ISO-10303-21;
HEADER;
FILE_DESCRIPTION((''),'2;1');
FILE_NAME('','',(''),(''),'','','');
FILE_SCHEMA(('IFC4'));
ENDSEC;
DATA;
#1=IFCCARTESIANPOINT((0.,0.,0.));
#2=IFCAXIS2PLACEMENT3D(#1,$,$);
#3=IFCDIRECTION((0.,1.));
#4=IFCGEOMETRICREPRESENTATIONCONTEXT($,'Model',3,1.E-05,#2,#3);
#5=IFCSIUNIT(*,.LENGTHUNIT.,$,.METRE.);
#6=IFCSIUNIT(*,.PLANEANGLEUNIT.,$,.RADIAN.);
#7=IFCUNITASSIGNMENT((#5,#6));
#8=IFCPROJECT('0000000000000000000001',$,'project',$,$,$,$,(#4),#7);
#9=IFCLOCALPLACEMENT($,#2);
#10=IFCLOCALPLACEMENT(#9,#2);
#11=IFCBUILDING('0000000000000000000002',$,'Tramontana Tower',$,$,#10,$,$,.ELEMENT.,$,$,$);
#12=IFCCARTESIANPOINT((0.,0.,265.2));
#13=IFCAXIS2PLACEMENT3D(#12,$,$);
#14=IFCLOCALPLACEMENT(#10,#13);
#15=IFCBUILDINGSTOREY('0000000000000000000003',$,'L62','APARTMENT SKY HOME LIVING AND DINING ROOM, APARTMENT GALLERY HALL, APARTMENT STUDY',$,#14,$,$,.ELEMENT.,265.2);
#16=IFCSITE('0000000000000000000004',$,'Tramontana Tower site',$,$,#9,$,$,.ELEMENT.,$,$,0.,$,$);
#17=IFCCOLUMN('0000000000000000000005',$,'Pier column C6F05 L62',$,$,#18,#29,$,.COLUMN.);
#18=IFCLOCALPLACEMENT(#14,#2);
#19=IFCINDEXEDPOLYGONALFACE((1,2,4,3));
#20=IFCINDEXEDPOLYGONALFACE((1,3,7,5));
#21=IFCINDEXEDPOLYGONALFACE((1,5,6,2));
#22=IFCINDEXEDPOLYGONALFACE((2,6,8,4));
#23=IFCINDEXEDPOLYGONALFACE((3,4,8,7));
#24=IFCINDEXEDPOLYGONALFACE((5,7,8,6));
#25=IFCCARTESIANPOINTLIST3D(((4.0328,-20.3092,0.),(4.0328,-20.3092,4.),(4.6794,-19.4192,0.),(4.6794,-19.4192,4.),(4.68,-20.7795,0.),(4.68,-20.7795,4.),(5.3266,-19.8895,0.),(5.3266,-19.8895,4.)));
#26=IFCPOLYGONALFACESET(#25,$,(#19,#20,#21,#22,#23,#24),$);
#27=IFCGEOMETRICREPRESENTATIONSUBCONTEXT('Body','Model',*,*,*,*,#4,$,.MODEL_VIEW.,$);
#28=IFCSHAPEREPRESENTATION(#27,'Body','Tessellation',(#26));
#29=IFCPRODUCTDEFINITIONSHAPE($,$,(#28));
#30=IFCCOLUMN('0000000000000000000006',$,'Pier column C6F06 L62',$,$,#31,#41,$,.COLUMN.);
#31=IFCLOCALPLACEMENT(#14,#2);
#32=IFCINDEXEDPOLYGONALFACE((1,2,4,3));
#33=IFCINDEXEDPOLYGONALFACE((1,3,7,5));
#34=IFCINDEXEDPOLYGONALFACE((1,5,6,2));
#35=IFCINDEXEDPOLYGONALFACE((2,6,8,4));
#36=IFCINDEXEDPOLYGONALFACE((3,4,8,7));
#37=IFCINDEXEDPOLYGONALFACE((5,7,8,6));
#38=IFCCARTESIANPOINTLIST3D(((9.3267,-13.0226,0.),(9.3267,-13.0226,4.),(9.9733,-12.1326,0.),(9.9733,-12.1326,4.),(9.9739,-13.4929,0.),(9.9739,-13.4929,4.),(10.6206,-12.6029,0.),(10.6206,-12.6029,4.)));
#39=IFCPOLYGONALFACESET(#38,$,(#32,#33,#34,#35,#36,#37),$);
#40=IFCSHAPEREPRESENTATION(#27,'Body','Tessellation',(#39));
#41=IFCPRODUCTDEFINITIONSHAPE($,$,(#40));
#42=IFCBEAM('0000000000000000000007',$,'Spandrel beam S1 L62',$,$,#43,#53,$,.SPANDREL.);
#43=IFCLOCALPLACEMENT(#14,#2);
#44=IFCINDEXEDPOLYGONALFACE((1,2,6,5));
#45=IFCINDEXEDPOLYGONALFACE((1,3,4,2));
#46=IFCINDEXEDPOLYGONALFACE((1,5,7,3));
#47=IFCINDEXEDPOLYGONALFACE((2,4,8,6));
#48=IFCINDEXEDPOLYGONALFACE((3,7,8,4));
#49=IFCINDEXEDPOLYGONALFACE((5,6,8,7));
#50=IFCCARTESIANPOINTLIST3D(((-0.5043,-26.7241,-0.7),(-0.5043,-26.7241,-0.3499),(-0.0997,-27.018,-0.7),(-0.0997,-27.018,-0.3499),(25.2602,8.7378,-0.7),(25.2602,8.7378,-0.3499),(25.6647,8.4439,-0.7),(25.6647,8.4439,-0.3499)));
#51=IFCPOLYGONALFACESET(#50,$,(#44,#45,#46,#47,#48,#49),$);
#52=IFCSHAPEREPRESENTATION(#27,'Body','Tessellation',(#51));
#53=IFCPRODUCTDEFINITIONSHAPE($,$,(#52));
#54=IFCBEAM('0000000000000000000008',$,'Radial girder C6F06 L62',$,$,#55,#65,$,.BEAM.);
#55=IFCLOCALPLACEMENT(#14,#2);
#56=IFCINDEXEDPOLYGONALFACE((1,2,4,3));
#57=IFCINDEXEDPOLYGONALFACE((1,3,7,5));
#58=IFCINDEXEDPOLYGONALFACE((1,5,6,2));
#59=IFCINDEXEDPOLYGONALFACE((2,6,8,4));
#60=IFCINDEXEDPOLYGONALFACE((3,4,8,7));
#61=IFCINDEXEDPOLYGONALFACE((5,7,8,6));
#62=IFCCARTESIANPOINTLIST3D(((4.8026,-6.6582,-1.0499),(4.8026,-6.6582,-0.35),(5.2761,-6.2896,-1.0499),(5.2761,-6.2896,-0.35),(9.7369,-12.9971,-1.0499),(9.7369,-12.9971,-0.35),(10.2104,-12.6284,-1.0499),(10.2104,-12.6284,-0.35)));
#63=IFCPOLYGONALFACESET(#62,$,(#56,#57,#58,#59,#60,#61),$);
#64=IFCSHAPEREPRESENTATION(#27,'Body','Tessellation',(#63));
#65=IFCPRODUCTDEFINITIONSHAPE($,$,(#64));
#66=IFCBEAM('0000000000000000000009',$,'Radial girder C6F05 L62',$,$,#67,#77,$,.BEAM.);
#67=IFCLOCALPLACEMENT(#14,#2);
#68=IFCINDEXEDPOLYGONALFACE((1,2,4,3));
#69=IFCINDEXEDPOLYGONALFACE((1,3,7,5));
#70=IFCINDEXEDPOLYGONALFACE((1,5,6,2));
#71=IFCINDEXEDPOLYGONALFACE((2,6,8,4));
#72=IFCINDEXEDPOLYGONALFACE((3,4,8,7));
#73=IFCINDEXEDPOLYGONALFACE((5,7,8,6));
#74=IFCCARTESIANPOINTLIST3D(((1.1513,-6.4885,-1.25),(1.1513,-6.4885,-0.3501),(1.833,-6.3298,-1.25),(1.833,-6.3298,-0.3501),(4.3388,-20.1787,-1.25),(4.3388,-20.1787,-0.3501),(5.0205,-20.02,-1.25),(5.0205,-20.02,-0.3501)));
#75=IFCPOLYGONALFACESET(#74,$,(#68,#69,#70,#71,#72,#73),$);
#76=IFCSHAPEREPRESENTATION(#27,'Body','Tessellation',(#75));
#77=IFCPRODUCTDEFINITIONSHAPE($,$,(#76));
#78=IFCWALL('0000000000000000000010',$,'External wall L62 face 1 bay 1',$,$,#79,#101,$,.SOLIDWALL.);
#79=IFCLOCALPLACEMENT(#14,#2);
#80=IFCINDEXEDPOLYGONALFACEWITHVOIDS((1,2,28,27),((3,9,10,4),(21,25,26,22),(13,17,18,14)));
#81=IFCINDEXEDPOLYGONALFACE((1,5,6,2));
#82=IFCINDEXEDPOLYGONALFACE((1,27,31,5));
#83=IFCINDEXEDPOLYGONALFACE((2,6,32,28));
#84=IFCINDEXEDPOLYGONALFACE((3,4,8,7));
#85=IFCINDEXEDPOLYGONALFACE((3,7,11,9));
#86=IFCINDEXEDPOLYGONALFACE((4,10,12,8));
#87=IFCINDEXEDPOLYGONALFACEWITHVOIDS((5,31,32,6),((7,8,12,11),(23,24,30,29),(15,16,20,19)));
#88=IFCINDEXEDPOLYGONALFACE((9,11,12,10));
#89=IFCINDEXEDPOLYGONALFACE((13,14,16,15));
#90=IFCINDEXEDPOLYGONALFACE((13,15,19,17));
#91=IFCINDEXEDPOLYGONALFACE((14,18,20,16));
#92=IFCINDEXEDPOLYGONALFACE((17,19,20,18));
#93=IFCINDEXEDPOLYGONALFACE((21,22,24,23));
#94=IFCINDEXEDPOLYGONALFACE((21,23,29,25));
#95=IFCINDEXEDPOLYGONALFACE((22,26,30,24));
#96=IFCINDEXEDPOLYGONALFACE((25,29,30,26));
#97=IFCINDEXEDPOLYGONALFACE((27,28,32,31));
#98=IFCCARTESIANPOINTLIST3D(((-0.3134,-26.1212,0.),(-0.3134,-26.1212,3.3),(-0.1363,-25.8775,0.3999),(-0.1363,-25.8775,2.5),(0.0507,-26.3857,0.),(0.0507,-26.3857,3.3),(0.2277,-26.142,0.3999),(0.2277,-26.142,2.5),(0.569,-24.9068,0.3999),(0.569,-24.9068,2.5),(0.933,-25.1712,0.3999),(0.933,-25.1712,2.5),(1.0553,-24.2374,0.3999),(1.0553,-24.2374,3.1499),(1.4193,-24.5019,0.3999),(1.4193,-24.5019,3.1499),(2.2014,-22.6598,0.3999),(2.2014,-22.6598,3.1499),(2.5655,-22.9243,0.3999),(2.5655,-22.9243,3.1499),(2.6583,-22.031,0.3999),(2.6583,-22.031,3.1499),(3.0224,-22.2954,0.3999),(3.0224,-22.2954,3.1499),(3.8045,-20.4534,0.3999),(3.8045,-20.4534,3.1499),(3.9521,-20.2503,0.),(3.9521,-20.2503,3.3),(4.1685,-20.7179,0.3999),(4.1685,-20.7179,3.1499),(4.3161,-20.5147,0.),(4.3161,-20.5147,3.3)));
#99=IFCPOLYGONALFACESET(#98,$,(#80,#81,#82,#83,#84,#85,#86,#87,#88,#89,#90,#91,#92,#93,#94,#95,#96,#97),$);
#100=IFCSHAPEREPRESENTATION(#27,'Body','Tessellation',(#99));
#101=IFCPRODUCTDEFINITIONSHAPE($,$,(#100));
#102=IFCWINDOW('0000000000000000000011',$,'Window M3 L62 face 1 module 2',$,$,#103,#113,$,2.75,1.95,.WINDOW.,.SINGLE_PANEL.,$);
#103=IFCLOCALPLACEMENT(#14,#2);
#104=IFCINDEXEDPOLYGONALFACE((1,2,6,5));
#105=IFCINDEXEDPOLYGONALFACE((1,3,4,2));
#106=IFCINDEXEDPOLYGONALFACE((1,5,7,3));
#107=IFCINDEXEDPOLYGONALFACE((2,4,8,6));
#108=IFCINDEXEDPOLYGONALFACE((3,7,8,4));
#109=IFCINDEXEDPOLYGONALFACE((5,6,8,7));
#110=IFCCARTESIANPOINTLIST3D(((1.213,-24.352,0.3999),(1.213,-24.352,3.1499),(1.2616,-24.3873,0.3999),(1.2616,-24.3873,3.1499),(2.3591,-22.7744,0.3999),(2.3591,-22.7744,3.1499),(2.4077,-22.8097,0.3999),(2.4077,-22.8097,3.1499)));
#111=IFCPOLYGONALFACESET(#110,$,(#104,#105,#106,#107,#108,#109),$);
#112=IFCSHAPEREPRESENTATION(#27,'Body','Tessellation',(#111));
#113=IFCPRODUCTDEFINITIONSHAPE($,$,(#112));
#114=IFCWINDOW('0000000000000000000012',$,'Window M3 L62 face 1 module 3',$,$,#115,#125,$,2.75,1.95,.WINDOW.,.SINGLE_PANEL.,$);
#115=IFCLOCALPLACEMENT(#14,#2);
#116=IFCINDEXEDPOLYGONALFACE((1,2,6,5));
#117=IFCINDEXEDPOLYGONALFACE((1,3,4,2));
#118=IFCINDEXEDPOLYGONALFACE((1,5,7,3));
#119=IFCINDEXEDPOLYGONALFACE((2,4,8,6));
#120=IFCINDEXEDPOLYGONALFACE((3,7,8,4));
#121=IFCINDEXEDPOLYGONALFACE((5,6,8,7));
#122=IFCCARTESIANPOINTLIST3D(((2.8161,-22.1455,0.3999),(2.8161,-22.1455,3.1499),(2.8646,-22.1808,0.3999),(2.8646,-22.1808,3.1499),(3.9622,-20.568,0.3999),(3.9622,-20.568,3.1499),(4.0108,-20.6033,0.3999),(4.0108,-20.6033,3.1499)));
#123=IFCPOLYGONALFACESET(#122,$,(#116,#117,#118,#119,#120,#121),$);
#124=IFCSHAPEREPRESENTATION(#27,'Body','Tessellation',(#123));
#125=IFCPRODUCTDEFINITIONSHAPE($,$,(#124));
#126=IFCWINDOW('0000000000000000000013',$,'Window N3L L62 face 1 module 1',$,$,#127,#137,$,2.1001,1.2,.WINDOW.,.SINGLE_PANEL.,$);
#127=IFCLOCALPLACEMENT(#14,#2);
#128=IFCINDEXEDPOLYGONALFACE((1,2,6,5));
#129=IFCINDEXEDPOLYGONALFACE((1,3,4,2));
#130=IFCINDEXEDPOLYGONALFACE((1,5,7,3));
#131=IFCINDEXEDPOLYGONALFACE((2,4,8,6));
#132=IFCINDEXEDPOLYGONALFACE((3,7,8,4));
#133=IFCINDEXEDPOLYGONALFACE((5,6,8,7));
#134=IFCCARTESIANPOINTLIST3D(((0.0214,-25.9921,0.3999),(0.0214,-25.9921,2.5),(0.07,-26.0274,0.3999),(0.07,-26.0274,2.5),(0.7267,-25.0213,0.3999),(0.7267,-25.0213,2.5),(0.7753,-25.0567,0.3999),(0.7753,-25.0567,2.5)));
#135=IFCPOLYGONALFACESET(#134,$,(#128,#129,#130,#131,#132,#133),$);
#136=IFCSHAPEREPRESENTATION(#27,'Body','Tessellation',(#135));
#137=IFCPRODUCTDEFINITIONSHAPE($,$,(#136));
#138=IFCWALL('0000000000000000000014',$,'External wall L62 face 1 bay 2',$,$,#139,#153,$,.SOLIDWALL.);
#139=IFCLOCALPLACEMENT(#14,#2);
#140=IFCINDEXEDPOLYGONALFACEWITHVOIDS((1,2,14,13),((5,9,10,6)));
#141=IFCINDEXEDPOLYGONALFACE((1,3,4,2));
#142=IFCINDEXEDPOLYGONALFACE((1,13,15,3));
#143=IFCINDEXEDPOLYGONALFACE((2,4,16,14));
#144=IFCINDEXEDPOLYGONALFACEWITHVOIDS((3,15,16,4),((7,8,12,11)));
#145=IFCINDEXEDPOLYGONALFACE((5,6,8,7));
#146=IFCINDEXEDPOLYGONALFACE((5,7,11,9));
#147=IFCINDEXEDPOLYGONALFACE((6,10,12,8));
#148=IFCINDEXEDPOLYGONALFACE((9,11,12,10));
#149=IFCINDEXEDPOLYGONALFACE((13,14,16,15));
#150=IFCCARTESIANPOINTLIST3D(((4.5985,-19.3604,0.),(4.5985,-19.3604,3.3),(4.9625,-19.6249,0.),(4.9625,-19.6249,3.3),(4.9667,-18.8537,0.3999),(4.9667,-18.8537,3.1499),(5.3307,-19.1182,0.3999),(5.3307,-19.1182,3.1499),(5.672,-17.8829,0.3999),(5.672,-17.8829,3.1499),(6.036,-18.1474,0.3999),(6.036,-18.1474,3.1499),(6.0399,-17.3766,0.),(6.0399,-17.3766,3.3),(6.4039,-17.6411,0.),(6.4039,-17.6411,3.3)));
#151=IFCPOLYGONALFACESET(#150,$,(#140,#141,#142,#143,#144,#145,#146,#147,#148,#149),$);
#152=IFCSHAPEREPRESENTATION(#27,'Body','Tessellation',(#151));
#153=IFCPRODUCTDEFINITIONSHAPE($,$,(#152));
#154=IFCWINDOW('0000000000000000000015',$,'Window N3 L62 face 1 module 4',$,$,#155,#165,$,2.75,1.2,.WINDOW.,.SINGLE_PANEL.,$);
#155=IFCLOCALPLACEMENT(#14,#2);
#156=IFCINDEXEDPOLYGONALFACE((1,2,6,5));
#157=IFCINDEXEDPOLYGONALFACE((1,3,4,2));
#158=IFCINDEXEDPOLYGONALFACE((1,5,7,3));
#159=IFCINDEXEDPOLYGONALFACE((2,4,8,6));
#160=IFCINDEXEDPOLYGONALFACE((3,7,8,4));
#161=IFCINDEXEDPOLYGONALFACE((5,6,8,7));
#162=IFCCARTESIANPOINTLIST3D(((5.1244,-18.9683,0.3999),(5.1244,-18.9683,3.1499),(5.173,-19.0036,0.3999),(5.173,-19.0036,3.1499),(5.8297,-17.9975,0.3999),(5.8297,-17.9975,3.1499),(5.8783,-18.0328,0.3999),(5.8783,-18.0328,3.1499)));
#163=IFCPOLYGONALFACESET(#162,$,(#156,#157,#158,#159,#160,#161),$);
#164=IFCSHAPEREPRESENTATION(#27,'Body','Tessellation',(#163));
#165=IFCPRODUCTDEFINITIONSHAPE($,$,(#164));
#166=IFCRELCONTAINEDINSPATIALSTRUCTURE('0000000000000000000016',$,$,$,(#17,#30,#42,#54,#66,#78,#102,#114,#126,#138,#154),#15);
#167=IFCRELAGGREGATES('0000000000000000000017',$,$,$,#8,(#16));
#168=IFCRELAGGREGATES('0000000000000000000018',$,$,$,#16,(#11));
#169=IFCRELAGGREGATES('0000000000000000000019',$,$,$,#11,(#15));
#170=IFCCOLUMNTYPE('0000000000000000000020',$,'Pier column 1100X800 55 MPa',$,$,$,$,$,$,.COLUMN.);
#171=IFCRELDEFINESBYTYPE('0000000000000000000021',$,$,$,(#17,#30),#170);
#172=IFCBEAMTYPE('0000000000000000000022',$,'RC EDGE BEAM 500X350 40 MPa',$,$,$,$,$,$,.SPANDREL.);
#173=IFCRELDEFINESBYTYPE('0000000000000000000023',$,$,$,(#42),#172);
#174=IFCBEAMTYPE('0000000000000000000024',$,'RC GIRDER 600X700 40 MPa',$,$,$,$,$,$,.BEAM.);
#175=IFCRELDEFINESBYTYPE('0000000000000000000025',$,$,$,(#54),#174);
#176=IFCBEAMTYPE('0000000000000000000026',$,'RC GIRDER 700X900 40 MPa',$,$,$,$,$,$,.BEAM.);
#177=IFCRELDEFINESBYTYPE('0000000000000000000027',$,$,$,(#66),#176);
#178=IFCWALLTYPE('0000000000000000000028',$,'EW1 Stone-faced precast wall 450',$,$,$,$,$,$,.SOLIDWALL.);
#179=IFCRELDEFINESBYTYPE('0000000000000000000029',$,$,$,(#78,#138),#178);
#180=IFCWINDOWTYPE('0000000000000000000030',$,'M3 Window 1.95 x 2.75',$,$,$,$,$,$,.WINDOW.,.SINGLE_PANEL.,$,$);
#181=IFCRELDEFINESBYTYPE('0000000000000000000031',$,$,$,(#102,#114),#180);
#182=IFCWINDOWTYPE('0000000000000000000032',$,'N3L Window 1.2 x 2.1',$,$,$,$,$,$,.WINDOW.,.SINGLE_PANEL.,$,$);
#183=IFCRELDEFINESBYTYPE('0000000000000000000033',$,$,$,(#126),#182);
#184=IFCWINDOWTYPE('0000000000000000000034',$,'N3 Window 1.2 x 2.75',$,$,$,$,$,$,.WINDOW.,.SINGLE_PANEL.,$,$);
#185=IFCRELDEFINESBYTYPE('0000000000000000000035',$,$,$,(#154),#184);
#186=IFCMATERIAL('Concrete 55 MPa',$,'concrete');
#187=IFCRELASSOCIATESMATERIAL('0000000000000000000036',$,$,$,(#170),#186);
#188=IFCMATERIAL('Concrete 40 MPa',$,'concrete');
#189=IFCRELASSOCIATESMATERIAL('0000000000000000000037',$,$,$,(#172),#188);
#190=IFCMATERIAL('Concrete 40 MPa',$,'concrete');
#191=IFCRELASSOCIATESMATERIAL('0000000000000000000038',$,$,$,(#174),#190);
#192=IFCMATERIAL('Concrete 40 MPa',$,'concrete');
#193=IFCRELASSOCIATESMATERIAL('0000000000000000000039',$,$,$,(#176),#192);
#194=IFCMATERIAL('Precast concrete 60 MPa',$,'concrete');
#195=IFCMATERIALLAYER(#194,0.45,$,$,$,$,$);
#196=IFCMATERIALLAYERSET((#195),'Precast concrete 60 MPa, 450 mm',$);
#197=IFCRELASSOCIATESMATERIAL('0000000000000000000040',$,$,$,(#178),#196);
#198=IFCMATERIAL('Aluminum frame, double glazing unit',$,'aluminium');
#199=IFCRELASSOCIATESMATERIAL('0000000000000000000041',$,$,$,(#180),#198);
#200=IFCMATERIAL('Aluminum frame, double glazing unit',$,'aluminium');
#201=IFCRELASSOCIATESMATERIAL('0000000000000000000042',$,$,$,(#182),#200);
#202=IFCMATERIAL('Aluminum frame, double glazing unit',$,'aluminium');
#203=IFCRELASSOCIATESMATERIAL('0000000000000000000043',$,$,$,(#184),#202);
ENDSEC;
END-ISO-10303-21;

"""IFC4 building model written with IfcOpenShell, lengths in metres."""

from ifc_helpers import new_model, si_unit, direction, frame, frame_2d, origin, origin_2d, place, context, subcontext, project, spatial, rectangle, extrude, material, layer, layer_set, material_profile, profile_set, type_object, element, fill, save


model = new_model("IFC4")

# Units and contexts
model_context = context("Model", 3, precision=1e-05, world=origin(), true_north=direction((0.0, 1.0)))
body_context = subcontext(model_context, "Body", "Model", "MODEL_VIEW")
ifc_project = project(units=[si_unit("LENGTHUNIT", "METRE"), si_unit("PLANEANGLEUNIT", "RADIAN")], contexts=[model_context])

# Site, building, storey
site_placement = place(None, origin())
site = spatial("IfcSite", under=ifc_project, at=site_placement, Name="Tramontana Tower site", CompositionType="ELEMENT", RefElevation=0.0)
building_placement = place(site_placement, origin())
building = spatial("IfcBuilding", under=site, at=building_placement, Name="Tramontana Tower", CompositionType="ELEMENT")
storey_placement = place(building_placement, frame((0.0, 0.0, 265.2)))
storey = spatial("IfcBuildingStorey", under=building, at=storey_placement, Name="L62", Description="APARTMENT SKY HOME LIVING AND DINING ROOM, APARTMENT GALLERY HALL, APARTMENT STUDY", CompositionType="ELEMENT", Elevation=265.2)

# Columns
ifc_material_1 = material(Name="Concrete 55 MPa", Category="concrete")
ifc_material_profile_1 = material_profile(ifc_material_1, rectangle(XDim=1.1001, YDim=0.8, at=origin_2d()), Name="Pier column 1100X800 55 MPa")
ifc_profile_set_1 = profile_set([ifc_material_profile_1], Name="Concrete 55 MPa")
column_type = type_object("IfcColumnType", Name="Pier column 1100X800 55 MPa", PredefinedType="COLUMN", material=ifc_profile_set_1)
for number, where, z_axis, x_axis, name in (
    (1, (4.6797, -20.0994, 0.0), (0.0, 0.0, 1.0), (0.587785, 0.809017, 0.0), "Pier column C6F05 L62"),
    (2, (9.9736, -12.8127, 0.0), (0.0, 0.0, 1.0), (0.587785, 0.809017, 0.0), "Pier column C6F06 L62"),
):
    element("IfcColumn", number, at=place(storey_placement, frame(where, z_axis=z_axis, x_axis=x_axis)), inside=storey, type_object=column_type, Name=name, PredefinedType="COLUMN", context=body_context, shape_type="SweptSolid", body=[
        extrude(rectangle(XDim=1.1001, YDim=0.8, at=origin_2d()), origin(), (0.0, 0.0, 1.0), 4.0),
    ])

# Beams
ifc_material_2 = material(Name="Concrete 40 MPa", Category="concrete")
ifc_material_profile_2 = material_profile(ifc_material_2, rectangle(XDim=0.5, YDim=0.3501, at=origin_2d()), Name="RC EDGE BEAM 500X350 40 MPa")
ifc_profile_set_2 = profile_set([ifc_material_profile_2], Name="Concrete 40 MPa")
beam_type_1 = type_object("IfcBeamType", Name="RC EDGE BEAM 500X350 40 MPa", PredefinedType="SPANDREL", material=ifc_profile_set_2)
beam_1_placement = place(storey_placement, frame((-0.302, -26.8711, -0.5249), z_axis=(0.587782, 0.809019, 0.0), x_axis=(-0.809019, 0.587782, 0.0)))
element("IfcBeam", 3, at=beam_1_placement, inside=storey, type_object=beam_type_1, Name="Spandrel beam S1 L62", PredefinedType="SPANDREL", context=body_context, shape_type="SweptSolid", body=[
    extrude(rectangle(XDim=0.5, YDim=0.3501, at=origin_2d()), origin(), (0.0, 0.0, 1.0), 43.8333),
])
ifc_material_3 = material(Name="Concrete 40 MPa", Category="concrete")
ifc_material_profile_3 = material_profile(ifc_material_3, rectangle(XDim=0.6001, YDim=0.7, at=origin_2d()), Name="RC GIRDER 600X700 40 MPa")
ifc_profile_set_3 = profile_set([ifc_material_profile_3], Name="Concrete 40 MPa")
beam_type_2 = type_object("IfcBeamType", Name="RC GIRDER 600X700 40 MPa", PredefinedType="BEAM", material=ifc_profile_set_3)
beam_2_placement = place(storey_placement, frame((9.9736, -12.8127, -0.7), z_axis=(-0.614258, 0.789105, 0.0), x_axis=(-0.789105, -0.614258, 0.0)))
element("IfcBeam", 4, at=beam_2_placement, inside=storey, type_object=beam_type_2, Name="Radial girder C6F06 L62", PredefinedType="BEAM", context=body_context, shape_type="SweptSolid", body=[
    extrude(rectangle(XDim=0.6001, YDim=0.7, at=origin_2d()), origin(), (0.0, 0.0, 1.0), 8.033),
])
ifc_material_4 = material(Name="Concrete 40 MPa", Category="concrete")
ifc_material_profile_4 = material_profile(ifc_material_4, rectangle(XDim=0.7, YDim=0.8999, at=origin_2d()), Name="RC GIRDER 700X900 40 MPa")
ifc_profile_set_4 = profile_set([ifc_material_profile_4], Name="Concrete 40 MPa")
beam_type_3 = type_object("IfcBeamType", Name="RC GIRDER 700X900 40 MPa", PredefinedType="BEAM", material=ifc_profile_set_4)
beam_3_placement = place(storey_placement, frame((4.6797, -20.0994, -0.8), z_axis=(-0.226766, 0.973949, 0.0), x_axis=(-0.973949, -0.226766, 0.0)))
element("IfcBeam", 5, at=beam_3_placement, inside=storey, type_object=beam_type_3, Name="Radial girder C6F05 L62", PredefinedType="BEAM", context=body_context, shape_type="SweptSolid", body=[
    extrude(rectangle(XDim=0.7, YDim=0.8999, at=origin_2d()), origin(), (0.0, 0.0, 1.0), 14.0564),
])

# Wall, openings, windows
ifc_material_5 = material(Name="Precast concrete 60 MPa", Category="concrete")
ifc_layer_1 = layer(ifc_material_5, 0.45)
ifc_layer_set_1 = layer_set([ifc_layer_1], Name="Precast concrete 60 MPa, 450 mm")
wall_type_1 = type_object("IfcWallType", Name="EW1 Stone-faced precast wall 450", PredefinedType="SOLIDWALL", material=ifc_layer_set_1)
wall_1_placement = place(storey_placement, frame((-0.1313, -26.2534, 0.0), z_axis=(0.0, 0.0, 1.0), x_axis=(0.587782, 0.80902, 0.0)))
wall_1 = element("IfcWall", 6, at=wall_1_placement, inside=storey, type_object=wall_type_1, Name="External wall L62 face 1 bay 1", PredefinedType="SOLIDWALL", context=body_context, shape_type="SweptSolid", body=[
    extrude(rectangle(XDim=7.2568, YDim=0.45, at=frame_2d((3.6284, 0.0))), origin(), (0.0, 0.0, 1.0), 3.3),
])
opening_1_placement = place(wall_1_placement, frame((0.301, 0.0, 0.3999)))
opening_1 = element("IfcOpeningElement", 7, at=opening_1_placement, cuts=wall_1, PredefinedType="OPENING", context=body_context, shape_type="SweptSolid", body=[
    extrude(rectangle(XDim=1.2, YDim=2.1001, at=frame_2d((0.6001, 1.05))), frame((0.0, 0.2349, 0.0), z_axis=(0.0, -1.0, 0.0), x_axis=(1.0, 0.0, 0.0)), (0.0, 0.0, 1.0), 0.47),
])
opening_2_placement = place(wall_1_placement, frame((2.3284, 0.0, 0.3999)))
opening_2 = element("IfcOpeningElement", 8, at=opening_2_placement, cuts=wall_1, PredefinedType="OPENING", context=body_context, shape_type="SweptSolid", body=[
    extrude(rectangle(XDim=1.95, YDim=2.75, at=frame_2d((0.9751, 1.375))), frame((0.0, 0.2349, 0.0), z_axis=(0.0, -1.0, 0.0), x_axis=(1.0, 0.0, 0.0)), (0.0, 0.0, 1.0), 0.47),
])
opening_3_placement = place(wall_1_placement, frame((5.0557, 0.0, 0.3999)))
opening_3 = element("IfcOpeningElement", 9, at=opening_3_placement, cuts=wall_1, PredefinedType="OPENING", context=body_context, shape_type="SweptSolid", body=[
    extrude(rectangle(XDim=1.95, YDim=2.75, at=frame_2d((0.9751, 1.375))), frame((0.0, 0.2349, 0.0), z_axis=(0.0, -1.0, 0.0), x_axis=(1.0, 0.0, 0.0)), (0.0, 0.0, 1.0), 0.47),
])
ifc_material_6 = material(Name="Aluminum frame, double glazing unit", Category="aluminium")
window_type_1 = type_object("IfcWindowType", Name="M3 Window 1.95 x 2.75", PartitioningType="SINGLE_PANEL", PredefinedType="WINDOW", material=ifc_material_6)
window_1_placement = place(opening_2_placement, origin())
window_1 = element("IfcWindow", 10, at=window_1_placement, inside=storey, type_object=window_type_1, Name="Window M3 L62 face 1 module 2", OverallHeight=2.75, OverallWidth=1.95, PartitioningType="SINGLE_PANEL", PredefinedType="WINDOW", context=body_context, shape_type="SweptSolid", body=[
    extrude(rectangle(XDim=1.95, YDim=2.75, at=frame_2d((0.9751, 1.375))), frame((0.0, 0.03, 0.0), z_axis=(0.0, -1.0, 0.0), x_axis=(1.0, 0.0, 0.0)), (0.0, 0.0, 1.0), 0.0601),
])
fill(opening_2, window_1)
window_2_placement = place(opening_3_placement, origin())
window_2 = element("IfcWindow", 11, at=window_2_placement, inside=storey, type_object=window_type_1, Name="Window M3 L62 face 1 module 3", OverallHeight=2.75, OverallWidth=1.95, PartitioningType="SINGLE_PANEL", PredefinedType="WINDOW", context=body_context, shape_type="SweptSolid", body=[
    extrude(rectangle(XDim=1.95, YDim=2.75, at=frame_2d((0.9751, 1.375))), frame((0.0, 0.03, 0.0), z_axis=(0.0, -1.0, 0.0), x_axis=(1.0, 0.0, 0.0)), (0.0, 0.0, 1.0), 0.0601),
])
fill(opening_3, window_2)
ifc_material_7 = material(Name="Aluminum frame, double glazing unit", Category="aluminium")
window_type_2 = type_object("IfcWindowType", Name="N3L Window 1.2 x 2.1", PartitioningType="SINGLE_PANEL", PredefinedType="WINDOW", material=ifc_material_7)
window_3_placement = place(opening_1_placement, origin())
window_3 = element("IfcWindow", 12, at=window_3_placement, inside=storey, type_object=window_type_2, Name="Window N3L L62 face 1 module 1", OverallHeight=2.1001, OverallWidth=1.2, PartitioningType="SINGLE_PANEL", PredefinedType="WINDOW", context=body_context, shape_type="SweptSolid", body=[
    extrude(rectangle(XDim=1.2, YDim=2.1001, at=frame_2d((0.6001, 1.05))), frame((0.0, 0.03, 0.0), z_axis=(0.0, -1.0, 0.0), x_axis=(1.0, 0.0, 0.0)), (0.0, 0.0, 1.0), 0.0601),
])
fill(opening_1, window_3)

# Wall, opening, window
wall_2_placement = place(storey_placement, frame((4.7805, -19.4927, 0.0), z_axis=(0.0, 0.0, 1.0), x_axis=(0.587793, 0.809012, 0.0)))
wall_2 = element("IfcWall", 13, at=wall_2_placement, inside=storey, type_object=wall_type_1, Name="External wall L62 face 1 bay 2", PredefinedType="SOLIDWALL", context=body_context, shape_type="SweptSolid", body=[
    extrude(rectangle(XDim=2.4521, YDim=0.45, at=frame_2d((1.2261, 0.0))), origin(), (0.0, 0.0, 1.0), 3.3),
])
opening_4_placement = place(wall_2_placement, frame((0.6262, 0.0, 0.3999)))
opening_4 = element("IfcOpeningElement", 14, at=opening_4_placement, cuts=wall_2, PredefinedType="OPENING", context=body_context, shape_type="SweptSolid", body=[
    extrude(rectangle(XDim=1.2, YDim=2.75, at=frame_2d((0.6001, 1.375))), frame((0.0, 0.2349, 0.0), z_axis=(0.0, -1.0, 0.0), x_axis=(1.0, 0.0, 0.0)), (0.0, 0.0, 1.0), 0.47),
])
ifc_material_8 = material(Name="Aluminum frame, double glazing unit", Category="aluminium")
window_type_3 = type_object("IfcWindowType", Name="N3 Window 1.2 x 2.75", PartitioningType="SINGLE_PANEL", PredefinedType="WINDOW", material=ifc_material_8)
window_4_placement = place(opening_4_placement, origin())
window_4 = element("IfcWindow", 15, at=window_4_placement, inside=storey, type_object=window_type_3, Name="Window N3 L62 face 1 module 4", OverallHeight=2.75, OverallWidth=1.2, PartitioningType="SINGLE_PANEL", PredefinedType="WINDOW", context=body_context, shape_type="SweptSolid", body=[
    extrude(rectangle(XDim=1.2, YDim=2.75, at=frame_2d((0.6001, 1.375))), frame((0.0, 0.03, 0.0), z_axis=(0.0, -1.0, 0.0), x_axis=(1.0, 0.0, 0.0)), (0.0, 0.0, 1.0), 0.0601),
])
fill(opening_4, window_4)

save(model, "model.ifc")
